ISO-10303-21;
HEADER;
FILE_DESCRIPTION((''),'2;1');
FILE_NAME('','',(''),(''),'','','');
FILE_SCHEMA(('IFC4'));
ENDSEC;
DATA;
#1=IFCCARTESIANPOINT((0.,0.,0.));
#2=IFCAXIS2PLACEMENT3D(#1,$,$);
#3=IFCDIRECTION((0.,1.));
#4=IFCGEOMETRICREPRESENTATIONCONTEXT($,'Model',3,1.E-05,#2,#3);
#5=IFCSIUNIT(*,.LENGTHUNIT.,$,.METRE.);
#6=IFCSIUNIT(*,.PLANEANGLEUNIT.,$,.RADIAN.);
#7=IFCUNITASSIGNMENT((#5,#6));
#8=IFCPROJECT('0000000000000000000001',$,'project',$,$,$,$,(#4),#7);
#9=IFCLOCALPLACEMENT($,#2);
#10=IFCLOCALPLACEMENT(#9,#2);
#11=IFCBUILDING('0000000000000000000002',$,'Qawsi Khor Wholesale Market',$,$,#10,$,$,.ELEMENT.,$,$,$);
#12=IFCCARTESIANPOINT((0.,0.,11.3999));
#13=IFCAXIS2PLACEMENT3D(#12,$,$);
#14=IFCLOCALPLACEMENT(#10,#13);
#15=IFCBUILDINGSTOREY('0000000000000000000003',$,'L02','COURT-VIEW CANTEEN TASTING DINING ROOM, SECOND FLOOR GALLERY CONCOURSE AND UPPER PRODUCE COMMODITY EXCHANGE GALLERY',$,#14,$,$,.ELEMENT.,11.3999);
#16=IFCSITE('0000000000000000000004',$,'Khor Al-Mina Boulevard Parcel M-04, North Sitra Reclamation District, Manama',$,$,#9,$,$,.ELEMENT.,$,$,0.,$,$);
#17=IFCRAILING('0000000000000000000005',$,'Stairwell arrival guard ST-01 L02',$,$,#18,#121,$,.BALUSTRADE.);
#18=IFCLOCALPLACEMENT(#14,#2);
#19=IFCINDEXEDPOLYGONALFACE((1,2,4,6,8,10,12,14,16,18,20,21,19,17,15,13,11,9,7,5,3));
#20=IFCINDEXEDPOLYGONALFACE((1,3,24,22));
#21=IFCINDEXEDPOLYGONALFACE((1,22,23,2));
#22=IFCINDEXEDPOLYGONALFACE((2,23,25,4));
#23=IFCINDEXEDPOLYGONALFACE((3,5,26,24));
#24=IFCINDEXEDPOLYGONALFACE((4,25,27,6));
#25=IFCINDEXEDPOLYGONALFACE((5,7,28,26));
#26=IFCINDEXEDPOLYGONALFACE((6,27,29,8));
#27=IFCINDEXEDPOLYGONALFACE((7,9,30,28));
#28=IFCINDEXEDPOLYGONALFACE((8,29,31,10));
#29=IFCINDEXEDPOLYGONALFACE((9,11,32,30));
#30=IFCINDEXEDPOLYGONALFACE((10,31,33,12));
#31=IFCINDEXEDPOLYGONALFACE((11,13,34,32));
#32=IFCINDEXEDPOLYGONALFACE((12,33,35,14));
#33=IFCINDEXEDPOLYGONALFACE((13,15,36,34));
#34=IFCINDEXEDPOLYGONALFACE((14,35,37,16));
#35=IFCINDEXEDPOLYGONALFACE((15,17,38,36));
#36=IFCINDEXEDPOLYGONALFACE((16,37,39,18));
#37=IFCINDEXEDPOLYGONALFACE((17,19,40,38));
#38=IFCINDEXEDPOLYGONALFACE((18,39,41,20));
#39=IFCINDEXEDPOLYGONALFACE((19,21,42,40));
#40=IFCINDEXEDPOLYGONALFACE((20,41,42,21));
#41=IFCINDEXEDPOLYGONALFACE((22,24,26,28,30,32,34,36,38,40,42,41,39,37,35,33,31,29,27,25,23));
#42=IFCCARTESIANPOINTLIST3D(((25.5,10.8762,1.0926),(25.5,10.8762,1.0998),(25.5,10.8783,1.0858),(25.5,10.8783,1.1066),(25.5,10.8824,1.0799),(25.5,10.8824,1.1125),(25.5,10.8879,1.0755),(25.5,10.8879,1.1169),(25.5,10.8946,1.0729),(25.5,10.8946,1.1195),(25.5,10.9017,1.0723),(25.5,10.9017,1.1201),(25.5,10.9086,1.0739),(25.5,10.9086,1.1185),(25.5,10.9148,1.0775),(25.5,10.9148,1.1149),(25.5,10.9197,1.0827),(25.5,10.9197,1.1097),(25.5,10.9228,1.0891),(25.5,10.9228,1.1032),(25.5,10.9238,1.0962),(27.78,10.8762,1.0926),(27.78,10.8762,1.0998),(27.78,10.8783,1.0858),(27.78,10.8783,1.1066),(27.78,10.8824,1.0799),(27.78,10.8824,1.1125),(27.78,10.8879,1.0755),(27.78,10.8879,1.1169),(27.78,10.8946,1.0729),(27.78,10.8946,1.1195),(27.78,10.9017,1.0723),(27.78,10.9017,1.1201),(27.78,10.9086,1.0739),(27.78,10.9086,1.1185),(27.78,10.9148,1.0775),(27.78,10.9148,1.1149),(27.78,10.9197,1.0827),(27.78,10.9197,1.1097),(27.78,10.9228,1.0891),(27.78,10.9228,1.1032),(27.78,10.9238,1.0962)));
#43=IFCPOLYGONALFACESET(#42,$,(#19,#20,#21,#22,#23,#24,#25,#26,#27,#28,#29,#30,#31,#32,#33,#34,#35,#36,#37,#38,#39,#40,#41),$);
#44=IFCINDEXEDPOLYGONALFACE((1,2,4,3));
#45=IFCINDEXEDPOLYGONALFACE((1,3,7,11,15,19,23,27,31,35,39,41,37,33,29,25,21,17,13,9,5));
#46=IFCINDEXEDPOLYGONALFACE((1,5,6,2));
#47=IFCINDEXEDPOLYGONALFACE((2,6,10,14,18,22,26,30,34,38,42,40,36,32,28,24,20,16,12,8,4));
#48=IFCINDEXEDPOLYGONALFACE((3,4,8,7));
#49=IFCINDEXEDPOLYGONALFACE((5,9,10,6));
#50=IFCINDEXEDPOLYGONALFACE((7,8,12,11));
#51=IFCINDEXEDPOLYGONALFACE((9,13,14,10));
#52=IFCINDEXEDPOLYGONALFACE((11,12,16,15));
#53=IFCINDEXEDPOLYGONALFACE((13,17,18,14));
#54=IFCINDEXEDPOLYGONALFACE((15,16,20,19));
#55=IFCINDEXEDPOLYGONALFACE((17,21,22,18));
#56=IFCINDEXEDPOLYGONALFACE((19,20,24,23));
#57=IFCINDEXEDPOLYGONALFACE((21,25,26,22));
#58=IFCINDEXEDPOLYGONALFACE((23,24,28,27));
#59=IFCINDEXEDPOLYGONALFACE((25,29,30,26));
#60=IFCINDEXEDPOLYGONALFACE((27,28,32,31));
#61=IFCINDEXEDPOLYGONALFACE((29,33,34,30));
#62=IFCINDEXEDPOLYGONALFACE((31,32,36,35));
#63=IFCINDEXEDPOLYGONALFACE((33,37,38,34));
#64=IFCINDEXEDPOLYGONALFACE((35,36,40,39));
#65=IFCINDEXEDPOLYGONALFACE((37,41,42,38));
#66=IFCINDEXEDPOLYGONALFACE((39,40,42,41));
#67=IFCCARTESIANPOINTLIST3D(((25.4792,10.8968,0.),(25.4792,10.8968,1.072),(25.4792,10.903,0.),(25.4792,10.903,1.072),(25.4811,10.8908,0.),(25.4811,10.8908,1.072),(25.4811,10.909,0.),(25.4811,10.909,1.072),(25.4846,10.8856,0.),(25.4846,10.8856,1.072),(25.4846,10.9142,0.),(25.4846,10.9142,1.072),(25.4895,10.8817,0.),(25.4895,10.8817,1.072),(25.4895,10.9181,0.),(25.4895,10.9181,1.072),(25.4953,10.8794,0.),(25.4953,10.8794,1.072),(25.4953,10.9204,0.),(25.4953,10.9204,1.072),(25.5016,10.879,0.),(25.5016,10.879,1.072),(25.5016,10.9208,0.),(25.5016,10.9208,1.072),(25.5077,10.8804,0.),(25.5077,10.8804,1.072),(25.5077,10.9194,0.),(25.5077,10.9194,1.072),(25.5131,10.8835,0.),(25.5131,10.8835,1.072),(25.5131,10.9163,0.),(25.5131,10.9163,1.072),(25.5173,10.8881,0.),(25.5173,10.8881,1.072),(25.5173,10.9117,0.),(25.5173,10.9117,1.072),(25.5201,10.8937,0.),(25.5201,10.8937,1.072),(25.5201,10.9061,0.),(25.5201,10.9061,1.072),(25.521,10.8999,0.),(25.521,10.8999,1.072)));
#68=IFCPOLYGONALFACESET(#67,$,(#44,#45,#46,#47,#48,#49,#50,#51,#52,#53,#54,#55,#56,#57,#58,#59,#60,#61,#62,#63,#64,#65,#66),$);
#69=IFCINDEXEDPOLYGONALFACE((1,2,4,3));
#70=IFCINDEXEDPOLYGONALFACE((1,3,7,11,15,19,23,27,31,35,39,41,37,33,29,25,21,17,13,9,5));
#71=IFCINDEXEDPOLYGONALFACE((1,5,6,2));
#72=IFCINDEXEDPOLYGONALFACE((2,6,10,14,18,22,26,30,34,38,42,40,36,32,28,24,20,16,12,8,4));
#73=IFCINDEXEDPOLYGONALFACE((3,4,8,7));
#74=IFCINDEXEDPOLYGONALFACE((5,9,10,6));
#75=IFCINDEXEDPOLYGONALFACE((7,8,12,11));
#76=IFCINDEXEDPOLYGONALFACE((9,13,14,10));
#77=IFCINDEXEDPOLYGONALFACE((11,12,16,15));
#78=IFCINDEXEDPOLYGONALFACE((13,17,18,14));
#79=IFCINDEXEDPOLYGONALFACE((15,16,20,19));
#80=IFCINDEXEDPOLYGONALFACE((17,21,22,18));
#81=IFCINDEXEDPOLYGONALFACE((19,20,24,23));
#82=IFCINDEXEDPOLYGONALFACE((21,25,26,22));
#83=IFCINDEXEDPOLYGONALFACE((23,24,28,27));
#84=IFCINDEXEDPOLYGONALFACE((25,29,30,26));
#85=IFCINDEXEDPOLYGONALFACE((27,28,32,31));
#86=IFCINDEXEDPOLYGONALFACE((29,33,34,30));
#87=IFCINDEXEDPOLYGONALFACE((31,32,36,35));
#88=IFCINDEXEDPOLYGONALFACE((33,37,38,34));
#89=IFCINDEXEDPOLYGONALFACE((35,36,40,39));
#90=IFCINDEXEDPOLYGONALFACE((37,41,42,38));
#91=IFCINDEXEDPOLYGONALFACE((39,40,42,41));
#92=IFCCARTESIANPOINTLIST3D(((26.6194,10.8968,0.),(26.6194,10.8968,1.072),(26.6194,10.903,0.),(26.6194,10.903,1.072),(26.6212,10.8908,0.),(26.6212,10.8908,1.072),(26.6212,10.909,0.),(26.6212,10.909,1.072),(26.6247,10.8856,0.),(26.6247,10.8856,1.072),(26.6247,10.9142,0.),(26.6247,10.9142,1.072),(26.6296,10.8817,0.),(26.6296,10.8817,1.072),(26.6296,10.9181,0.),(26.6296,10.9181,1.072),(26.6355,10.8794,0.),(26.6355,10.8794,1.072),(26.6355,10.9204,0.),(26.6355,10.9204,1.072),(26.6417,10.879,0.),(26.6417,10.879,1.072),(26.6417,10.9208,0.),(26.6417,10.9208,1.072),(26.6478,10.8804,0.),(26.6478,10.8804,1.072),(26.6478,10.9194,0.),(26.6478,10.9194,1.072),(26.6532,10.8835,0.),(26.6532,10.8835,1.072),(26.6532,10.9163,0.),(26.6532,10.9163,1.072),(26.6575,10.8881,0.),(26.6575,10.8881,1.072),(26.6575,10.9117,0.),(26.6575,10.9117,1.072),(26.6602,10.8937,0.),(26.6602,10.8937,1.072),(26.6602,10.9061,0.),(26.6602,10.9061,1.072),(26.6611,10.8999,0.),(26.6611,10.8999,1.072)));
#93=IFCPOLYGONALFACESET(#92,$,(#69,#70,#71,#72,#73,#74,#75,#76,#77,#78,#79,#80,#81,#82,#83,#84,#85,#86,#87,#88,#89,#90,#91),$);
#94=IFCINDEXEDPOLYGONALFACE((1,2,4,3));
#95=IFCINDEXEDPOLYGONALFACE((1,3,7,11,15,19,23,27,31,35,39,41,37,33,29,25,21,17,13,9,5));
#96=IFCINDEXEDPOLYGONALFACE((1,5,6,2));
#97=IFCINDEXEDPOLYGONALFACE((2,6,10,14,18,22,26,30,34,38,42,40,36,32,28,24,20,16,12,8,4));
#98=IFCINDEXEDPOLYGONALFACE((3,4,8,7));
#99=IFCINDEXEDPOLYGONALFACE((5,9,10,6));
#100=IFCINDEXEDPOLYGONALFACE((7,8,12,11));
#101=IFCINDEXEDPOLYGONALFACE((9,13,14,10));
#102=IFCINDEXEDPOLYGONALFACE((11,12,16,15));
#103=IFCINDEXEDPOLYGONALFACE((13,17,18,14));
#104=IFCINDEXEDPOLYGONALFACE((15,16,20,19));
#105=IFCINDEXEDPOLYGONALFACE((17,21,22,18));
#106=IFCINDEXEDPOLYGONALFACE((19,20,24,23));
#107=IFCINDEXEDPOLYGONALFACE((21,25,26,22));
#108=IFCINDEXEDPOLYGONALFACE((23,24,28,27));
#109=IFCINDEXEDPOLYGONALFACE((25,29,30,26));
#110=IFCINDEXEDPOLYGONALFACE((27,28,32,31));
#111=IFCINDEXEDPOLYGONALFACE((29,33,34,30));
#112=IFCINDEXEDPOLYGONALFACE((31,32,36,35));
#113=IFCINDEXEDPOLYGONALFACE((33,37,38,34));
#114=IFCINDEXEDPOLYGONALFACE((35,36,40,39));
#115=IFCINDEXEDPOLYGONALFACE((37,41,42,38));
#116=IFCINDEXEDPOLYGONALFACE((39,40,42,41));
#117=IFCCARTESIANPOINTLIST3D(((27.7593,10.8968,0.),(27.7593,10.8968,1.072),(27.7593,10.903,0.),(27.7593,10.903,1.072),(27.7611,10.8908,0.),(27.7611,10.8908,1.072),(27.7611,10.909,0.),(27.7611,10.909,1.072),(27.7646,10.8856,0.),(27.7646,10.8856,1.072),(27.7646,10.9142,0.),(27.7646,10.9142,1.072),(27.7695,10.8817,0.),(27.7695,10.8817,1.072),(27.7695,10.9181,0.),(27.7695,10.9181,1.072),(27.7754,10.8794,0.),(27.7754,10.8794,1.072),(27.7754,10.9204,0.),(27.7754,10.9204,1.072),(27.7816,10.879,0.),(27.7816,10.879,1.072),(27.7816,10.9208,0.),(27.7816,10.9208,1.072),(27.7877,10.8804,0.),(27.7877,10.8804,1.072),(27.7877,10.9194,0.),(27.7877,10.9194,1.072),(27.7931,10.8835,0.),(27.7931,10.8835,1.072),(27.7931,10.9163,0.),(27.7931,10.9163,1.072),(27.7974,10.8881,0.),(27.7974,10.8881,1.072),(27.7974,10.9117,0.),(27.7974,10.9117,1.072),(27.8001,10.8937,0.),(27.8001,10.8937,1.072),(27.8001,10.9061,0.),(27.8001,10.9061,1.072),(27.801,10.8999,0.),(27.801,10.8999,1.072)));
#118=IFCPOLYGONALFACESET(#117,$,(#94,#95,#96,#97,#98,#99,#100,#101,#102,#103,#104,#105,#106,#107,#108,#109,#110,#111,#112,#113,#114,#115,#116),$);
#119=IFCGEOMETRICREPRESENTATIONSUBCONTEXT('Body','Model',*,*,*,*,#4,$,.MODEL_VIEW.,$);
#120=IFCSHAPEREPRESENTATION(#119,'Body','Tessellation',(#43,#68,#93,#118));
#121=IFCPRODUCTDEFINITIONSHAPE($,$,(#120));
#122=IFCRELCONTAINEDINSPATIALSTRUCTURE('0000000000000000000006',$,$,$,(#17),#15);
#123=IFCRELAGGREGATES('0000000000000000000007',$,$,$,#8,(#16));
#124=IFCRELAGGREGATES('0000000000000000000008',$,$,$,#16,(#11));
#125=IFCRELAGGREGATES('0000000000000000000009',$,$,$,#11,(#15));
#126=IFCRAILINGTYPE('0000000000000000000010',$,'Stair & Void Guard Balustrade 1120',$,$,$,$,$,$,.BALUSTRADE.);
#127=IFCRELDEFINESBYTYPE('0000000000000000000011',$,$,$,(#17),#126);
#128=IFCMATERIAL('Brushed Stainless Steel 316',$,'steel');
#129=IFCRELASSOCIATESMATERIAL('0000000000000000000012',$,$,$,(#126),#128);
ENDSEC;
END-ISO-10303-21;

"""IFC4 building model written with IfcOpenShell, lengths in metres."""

from ifc_helpers import new_model, si_unit, direction, frame, origin, origin_2d, place, context, subcontext, project, spatial, circle, extrude, material, type_object, element, save


model = new_model("IFC4")

# Units and contexts
model_context = context("Model", 3, precision=1e-05, world=origin(), true_north=direction((0.0, 1.0)))
body_context = subcontext(model_context, "Body", "Model", "MODEL_VIEW")
ifc_project = project(units=[si_unit("LENGTHUNIT", "METRE"), si_unit("PLANEANGLEUNIT", "RADIAN")], contexts=[model_context])

# Site, building, storey
site_placement = place(None, origin())
site = spatial("IfcSite", under=ifc_project, at=site_placement, Name="Khor Al-Mina Boulevard Parcel M-04, North Sitra Reclamation District, Manama", CompositionType="ELEMENT", RefElevation=0.0)
building_placement = place(site_placement, origin())
building = spatial("IfcBuilding", under=site, at=building_placement, Name="Qawsi Khor Wholesale Market", CompositionType="ELEMENT")
storey_placement = place(building_placement, frame((0.0, 0.0, 11.3999)))
storey = spatial("IfcBuildingStorey", under=building, at=storey_placement, Name="L02", Description="COURT-VIEW CANTEEN TASTING DINING ROOM, SECOND FLOOR GALLERY CONCOURSE AND UPPER PRODUCE COMMODITY EXCHANGE GALLERY", CompositionType="ELEMENT", Elevation=11.3999)

# Railing
ifc_material_1 = material(Name="Brushed Stainless Steel 316", Category="steel")
railing_type_1 = type_object("IfcRailingType", Name="Stair & Void Guard Balustrade 1120", PredefinedType="BALUSTRADE", material=ifc_material_1)
railing_1_placement = place(storey_placement, frame((25.5, 10.8999, 0.0)))
element("IfcRailing", 1, at=railing_1_placement, inside=storey, type_object=railing_type_1, Name="Stairwell arrival guard ST-01 L02", PredefinedType="BALUSTRADE", context=body_context, shape_type="SweptSolid", body=[
    extrude(circle(Radius=0.0239, at=origin_2d()), frame((0.0, 0.0, 1.0962), z_axis=(1.0, 0.0, 0.0), x_axis=(0.0, 1.0, 0.0)), (0.0, 0.0, 1.0), 2.28),
    extrude(circle(Radius=0.021, at=origin_2d()), origin(), (0.0, 0.0, 1.0), 1.072),
    extrude(circle(Radius=0.021, at=origin_2d()), frame((1.1401, 0.0, 0.0)), (0.0, 0.0, 1.0), 1.072),
    extrude(circle(Radius=0.021, at=origin_2d()), frame((2.28, 0.0, 0.0)), (0.0, 0.0, 1.0), 1.072),
])

save(model, "model.ifc")
